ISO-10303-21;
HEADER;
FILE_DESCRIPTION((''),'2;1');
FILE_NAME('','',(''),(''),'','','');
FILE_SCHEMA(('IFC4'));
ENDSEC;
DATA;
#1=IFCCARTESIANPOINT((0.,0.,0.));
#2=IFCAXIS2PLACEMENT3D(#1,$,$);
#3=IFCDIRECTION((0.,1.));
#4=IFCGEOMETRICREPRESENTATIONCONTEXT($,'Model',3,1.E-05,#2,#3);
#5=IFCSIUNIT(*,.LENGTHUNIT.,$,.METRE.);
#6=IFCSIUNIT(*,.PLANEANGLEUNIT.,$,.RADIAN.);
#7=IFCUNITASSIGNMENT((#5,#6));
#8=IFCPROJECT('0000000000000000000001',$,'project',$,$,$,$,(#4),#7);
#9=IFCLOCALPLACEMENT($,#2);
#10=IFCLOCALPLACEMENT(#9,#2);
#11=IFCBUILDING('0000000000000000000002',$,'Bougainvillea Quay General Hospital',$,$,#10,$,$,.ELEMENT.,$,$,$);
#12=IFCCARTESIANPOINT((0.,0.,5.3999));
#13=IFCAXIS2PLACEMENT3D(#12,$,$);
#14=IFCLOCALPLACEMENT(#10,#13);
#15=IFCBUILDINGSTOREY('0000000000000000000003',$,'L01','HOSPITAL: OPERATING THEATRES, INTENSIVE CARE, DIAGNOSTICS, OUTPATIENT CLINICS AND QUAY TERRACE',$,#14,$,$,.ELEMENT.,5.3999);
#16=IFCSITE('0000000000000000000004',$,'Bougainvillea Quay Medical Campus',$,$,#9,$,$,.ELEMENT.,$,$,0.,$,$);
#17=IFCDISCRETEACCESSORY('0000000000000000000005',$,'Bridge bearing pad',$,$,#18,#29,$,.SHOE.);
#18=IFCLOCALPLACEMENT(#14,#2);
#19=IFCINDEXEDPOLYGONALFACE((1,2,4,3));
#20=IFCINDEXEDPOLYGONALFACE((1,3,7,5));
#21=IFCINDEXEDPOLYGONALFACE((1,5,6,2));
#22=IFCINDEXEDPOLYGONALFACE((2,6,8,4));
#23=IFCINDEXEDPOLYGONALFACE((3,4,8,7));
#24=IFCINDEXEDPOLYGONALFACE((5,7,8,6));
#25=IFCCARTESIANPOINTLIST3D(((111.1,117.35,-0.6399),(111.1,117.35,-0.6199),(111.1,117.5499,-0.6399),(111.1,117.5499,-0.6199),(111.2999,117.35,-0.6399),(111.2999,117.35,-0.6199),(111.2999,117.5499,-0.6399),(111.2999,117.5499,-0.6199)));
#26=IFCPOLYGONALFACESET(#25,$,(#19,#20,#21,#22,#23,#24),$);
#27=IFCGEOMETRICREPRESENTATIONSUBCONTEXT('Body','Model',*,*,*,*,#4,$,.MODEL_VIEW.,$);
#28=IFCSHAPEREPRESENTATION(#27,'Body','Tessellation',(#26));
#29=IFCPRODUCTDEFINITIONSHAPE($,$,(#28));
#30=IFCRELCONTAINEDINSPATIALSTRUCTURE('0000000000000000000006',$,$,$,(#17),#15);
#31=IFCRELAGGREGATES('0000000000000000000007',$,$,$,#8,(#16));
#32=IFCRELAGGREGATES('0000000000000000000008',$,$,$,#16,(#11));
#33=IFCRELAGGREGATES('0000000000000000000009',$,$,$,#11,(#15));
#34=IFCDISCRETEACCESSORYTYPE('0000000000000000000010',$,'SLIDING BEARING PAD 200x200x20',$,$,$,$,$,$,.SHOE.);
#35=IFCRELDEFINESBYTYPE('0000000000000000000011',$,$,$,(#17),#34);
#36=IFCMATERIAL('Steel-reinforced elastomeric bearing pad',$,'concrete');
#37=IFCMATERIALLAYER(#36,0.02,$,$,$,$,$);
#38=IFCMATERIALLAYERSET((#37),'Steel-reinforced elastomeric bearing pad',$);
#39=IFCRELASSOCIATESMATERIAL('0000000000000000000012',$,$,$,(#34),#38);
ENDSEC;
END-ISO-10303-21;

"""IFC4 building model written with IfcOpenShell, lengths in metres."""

from ifc_helpers import new_model, si_unit, direction, frame, origin, origin_2d, place, context, subcontext, project, spatial, rectangle, extrude, material, layer, layer_set, type_object, element, save


model = new_model("IFC4")

# Units and contexts
model_context = context("Model", 3, precision=1e-05, world=origin(), true_north=direction((0.0, 1.0)))
body_context = subcontext(model_context, "Body", "Model", "MODEL_VIEW")
ifc_project = project(units=[si_unit("LENGTHUNIT", "METRE"), si_unit("PLANEANGLEUNIT", "RADIAN")], contexts=[model_context])

# Site, building, storey
site_placement = place(None, origin())
site = spatial("IfcSite", under=ifc_project, at=site_placement, Name="Bougainvillea Quay Medical Campus", CompositionType="ELEMENT", RefElevation=0.0)
building_placement = place(site_placement, origin())
building = spatial("IfcBuilding", under=site, at=building_placement, Name="Bougainvillea Quay General Hospital", CompositionType="ELEMENT")
storey_placement = place(building_placement, frame((0.0, 0.0, 5.3999)))
storey = spatial("IfcBuildingStorey", under=building, at=storey_placement, Name="L01", Description="HOSPITAL: OPERATING THEATRES, INTENSIVE CARE, DIAGNOSTICS, OUTPATIENT CLINICS AND QUAY TERRACE", CompositionType="ELEMENT", Elevation=5.3999)

# Discrete accessory
ifc_material_1 = material(Name="Steel-reinforced elastomeric bearing pad", Category="concrete")
ifc_layer_1 = layer(ifc_material_1, 0.02)
ifc_layer_set_1 = layer_set([ifc_layer_1], Name="Steel-reinforced elastomeric bearing pad")
discrete_accessory_type_1 = type_object("IfcDiscreteAccessoryType", Name="SLIDING BEARING PAD 200x200x20", PredefinedType="SHOE", material=ifc_layer_set_1)
discrete_accessory_placement = place(storey_placement, frame((111.2, 117.45, -0.6399), z_axis=(0.0, 0.0, 1.0), x_axis=(0.0, -1.0, 0.0)))
element("IfcDiscreteAccessory", 1, at=discrete_accessory_placement, inside=storey, type_object=discrete_accessory_type_1, Name="Bridge bearing pad", PredefinedType="SHOE", context=body_context, shape_type="SweptSolid", body=[
    extrude(rectangle(XDim=0.2, YDim=0.2, at=origin_2d()), origin(), (0.0, 0.0, 1.0), 0.02),
])

save(model, "model.ifc")
